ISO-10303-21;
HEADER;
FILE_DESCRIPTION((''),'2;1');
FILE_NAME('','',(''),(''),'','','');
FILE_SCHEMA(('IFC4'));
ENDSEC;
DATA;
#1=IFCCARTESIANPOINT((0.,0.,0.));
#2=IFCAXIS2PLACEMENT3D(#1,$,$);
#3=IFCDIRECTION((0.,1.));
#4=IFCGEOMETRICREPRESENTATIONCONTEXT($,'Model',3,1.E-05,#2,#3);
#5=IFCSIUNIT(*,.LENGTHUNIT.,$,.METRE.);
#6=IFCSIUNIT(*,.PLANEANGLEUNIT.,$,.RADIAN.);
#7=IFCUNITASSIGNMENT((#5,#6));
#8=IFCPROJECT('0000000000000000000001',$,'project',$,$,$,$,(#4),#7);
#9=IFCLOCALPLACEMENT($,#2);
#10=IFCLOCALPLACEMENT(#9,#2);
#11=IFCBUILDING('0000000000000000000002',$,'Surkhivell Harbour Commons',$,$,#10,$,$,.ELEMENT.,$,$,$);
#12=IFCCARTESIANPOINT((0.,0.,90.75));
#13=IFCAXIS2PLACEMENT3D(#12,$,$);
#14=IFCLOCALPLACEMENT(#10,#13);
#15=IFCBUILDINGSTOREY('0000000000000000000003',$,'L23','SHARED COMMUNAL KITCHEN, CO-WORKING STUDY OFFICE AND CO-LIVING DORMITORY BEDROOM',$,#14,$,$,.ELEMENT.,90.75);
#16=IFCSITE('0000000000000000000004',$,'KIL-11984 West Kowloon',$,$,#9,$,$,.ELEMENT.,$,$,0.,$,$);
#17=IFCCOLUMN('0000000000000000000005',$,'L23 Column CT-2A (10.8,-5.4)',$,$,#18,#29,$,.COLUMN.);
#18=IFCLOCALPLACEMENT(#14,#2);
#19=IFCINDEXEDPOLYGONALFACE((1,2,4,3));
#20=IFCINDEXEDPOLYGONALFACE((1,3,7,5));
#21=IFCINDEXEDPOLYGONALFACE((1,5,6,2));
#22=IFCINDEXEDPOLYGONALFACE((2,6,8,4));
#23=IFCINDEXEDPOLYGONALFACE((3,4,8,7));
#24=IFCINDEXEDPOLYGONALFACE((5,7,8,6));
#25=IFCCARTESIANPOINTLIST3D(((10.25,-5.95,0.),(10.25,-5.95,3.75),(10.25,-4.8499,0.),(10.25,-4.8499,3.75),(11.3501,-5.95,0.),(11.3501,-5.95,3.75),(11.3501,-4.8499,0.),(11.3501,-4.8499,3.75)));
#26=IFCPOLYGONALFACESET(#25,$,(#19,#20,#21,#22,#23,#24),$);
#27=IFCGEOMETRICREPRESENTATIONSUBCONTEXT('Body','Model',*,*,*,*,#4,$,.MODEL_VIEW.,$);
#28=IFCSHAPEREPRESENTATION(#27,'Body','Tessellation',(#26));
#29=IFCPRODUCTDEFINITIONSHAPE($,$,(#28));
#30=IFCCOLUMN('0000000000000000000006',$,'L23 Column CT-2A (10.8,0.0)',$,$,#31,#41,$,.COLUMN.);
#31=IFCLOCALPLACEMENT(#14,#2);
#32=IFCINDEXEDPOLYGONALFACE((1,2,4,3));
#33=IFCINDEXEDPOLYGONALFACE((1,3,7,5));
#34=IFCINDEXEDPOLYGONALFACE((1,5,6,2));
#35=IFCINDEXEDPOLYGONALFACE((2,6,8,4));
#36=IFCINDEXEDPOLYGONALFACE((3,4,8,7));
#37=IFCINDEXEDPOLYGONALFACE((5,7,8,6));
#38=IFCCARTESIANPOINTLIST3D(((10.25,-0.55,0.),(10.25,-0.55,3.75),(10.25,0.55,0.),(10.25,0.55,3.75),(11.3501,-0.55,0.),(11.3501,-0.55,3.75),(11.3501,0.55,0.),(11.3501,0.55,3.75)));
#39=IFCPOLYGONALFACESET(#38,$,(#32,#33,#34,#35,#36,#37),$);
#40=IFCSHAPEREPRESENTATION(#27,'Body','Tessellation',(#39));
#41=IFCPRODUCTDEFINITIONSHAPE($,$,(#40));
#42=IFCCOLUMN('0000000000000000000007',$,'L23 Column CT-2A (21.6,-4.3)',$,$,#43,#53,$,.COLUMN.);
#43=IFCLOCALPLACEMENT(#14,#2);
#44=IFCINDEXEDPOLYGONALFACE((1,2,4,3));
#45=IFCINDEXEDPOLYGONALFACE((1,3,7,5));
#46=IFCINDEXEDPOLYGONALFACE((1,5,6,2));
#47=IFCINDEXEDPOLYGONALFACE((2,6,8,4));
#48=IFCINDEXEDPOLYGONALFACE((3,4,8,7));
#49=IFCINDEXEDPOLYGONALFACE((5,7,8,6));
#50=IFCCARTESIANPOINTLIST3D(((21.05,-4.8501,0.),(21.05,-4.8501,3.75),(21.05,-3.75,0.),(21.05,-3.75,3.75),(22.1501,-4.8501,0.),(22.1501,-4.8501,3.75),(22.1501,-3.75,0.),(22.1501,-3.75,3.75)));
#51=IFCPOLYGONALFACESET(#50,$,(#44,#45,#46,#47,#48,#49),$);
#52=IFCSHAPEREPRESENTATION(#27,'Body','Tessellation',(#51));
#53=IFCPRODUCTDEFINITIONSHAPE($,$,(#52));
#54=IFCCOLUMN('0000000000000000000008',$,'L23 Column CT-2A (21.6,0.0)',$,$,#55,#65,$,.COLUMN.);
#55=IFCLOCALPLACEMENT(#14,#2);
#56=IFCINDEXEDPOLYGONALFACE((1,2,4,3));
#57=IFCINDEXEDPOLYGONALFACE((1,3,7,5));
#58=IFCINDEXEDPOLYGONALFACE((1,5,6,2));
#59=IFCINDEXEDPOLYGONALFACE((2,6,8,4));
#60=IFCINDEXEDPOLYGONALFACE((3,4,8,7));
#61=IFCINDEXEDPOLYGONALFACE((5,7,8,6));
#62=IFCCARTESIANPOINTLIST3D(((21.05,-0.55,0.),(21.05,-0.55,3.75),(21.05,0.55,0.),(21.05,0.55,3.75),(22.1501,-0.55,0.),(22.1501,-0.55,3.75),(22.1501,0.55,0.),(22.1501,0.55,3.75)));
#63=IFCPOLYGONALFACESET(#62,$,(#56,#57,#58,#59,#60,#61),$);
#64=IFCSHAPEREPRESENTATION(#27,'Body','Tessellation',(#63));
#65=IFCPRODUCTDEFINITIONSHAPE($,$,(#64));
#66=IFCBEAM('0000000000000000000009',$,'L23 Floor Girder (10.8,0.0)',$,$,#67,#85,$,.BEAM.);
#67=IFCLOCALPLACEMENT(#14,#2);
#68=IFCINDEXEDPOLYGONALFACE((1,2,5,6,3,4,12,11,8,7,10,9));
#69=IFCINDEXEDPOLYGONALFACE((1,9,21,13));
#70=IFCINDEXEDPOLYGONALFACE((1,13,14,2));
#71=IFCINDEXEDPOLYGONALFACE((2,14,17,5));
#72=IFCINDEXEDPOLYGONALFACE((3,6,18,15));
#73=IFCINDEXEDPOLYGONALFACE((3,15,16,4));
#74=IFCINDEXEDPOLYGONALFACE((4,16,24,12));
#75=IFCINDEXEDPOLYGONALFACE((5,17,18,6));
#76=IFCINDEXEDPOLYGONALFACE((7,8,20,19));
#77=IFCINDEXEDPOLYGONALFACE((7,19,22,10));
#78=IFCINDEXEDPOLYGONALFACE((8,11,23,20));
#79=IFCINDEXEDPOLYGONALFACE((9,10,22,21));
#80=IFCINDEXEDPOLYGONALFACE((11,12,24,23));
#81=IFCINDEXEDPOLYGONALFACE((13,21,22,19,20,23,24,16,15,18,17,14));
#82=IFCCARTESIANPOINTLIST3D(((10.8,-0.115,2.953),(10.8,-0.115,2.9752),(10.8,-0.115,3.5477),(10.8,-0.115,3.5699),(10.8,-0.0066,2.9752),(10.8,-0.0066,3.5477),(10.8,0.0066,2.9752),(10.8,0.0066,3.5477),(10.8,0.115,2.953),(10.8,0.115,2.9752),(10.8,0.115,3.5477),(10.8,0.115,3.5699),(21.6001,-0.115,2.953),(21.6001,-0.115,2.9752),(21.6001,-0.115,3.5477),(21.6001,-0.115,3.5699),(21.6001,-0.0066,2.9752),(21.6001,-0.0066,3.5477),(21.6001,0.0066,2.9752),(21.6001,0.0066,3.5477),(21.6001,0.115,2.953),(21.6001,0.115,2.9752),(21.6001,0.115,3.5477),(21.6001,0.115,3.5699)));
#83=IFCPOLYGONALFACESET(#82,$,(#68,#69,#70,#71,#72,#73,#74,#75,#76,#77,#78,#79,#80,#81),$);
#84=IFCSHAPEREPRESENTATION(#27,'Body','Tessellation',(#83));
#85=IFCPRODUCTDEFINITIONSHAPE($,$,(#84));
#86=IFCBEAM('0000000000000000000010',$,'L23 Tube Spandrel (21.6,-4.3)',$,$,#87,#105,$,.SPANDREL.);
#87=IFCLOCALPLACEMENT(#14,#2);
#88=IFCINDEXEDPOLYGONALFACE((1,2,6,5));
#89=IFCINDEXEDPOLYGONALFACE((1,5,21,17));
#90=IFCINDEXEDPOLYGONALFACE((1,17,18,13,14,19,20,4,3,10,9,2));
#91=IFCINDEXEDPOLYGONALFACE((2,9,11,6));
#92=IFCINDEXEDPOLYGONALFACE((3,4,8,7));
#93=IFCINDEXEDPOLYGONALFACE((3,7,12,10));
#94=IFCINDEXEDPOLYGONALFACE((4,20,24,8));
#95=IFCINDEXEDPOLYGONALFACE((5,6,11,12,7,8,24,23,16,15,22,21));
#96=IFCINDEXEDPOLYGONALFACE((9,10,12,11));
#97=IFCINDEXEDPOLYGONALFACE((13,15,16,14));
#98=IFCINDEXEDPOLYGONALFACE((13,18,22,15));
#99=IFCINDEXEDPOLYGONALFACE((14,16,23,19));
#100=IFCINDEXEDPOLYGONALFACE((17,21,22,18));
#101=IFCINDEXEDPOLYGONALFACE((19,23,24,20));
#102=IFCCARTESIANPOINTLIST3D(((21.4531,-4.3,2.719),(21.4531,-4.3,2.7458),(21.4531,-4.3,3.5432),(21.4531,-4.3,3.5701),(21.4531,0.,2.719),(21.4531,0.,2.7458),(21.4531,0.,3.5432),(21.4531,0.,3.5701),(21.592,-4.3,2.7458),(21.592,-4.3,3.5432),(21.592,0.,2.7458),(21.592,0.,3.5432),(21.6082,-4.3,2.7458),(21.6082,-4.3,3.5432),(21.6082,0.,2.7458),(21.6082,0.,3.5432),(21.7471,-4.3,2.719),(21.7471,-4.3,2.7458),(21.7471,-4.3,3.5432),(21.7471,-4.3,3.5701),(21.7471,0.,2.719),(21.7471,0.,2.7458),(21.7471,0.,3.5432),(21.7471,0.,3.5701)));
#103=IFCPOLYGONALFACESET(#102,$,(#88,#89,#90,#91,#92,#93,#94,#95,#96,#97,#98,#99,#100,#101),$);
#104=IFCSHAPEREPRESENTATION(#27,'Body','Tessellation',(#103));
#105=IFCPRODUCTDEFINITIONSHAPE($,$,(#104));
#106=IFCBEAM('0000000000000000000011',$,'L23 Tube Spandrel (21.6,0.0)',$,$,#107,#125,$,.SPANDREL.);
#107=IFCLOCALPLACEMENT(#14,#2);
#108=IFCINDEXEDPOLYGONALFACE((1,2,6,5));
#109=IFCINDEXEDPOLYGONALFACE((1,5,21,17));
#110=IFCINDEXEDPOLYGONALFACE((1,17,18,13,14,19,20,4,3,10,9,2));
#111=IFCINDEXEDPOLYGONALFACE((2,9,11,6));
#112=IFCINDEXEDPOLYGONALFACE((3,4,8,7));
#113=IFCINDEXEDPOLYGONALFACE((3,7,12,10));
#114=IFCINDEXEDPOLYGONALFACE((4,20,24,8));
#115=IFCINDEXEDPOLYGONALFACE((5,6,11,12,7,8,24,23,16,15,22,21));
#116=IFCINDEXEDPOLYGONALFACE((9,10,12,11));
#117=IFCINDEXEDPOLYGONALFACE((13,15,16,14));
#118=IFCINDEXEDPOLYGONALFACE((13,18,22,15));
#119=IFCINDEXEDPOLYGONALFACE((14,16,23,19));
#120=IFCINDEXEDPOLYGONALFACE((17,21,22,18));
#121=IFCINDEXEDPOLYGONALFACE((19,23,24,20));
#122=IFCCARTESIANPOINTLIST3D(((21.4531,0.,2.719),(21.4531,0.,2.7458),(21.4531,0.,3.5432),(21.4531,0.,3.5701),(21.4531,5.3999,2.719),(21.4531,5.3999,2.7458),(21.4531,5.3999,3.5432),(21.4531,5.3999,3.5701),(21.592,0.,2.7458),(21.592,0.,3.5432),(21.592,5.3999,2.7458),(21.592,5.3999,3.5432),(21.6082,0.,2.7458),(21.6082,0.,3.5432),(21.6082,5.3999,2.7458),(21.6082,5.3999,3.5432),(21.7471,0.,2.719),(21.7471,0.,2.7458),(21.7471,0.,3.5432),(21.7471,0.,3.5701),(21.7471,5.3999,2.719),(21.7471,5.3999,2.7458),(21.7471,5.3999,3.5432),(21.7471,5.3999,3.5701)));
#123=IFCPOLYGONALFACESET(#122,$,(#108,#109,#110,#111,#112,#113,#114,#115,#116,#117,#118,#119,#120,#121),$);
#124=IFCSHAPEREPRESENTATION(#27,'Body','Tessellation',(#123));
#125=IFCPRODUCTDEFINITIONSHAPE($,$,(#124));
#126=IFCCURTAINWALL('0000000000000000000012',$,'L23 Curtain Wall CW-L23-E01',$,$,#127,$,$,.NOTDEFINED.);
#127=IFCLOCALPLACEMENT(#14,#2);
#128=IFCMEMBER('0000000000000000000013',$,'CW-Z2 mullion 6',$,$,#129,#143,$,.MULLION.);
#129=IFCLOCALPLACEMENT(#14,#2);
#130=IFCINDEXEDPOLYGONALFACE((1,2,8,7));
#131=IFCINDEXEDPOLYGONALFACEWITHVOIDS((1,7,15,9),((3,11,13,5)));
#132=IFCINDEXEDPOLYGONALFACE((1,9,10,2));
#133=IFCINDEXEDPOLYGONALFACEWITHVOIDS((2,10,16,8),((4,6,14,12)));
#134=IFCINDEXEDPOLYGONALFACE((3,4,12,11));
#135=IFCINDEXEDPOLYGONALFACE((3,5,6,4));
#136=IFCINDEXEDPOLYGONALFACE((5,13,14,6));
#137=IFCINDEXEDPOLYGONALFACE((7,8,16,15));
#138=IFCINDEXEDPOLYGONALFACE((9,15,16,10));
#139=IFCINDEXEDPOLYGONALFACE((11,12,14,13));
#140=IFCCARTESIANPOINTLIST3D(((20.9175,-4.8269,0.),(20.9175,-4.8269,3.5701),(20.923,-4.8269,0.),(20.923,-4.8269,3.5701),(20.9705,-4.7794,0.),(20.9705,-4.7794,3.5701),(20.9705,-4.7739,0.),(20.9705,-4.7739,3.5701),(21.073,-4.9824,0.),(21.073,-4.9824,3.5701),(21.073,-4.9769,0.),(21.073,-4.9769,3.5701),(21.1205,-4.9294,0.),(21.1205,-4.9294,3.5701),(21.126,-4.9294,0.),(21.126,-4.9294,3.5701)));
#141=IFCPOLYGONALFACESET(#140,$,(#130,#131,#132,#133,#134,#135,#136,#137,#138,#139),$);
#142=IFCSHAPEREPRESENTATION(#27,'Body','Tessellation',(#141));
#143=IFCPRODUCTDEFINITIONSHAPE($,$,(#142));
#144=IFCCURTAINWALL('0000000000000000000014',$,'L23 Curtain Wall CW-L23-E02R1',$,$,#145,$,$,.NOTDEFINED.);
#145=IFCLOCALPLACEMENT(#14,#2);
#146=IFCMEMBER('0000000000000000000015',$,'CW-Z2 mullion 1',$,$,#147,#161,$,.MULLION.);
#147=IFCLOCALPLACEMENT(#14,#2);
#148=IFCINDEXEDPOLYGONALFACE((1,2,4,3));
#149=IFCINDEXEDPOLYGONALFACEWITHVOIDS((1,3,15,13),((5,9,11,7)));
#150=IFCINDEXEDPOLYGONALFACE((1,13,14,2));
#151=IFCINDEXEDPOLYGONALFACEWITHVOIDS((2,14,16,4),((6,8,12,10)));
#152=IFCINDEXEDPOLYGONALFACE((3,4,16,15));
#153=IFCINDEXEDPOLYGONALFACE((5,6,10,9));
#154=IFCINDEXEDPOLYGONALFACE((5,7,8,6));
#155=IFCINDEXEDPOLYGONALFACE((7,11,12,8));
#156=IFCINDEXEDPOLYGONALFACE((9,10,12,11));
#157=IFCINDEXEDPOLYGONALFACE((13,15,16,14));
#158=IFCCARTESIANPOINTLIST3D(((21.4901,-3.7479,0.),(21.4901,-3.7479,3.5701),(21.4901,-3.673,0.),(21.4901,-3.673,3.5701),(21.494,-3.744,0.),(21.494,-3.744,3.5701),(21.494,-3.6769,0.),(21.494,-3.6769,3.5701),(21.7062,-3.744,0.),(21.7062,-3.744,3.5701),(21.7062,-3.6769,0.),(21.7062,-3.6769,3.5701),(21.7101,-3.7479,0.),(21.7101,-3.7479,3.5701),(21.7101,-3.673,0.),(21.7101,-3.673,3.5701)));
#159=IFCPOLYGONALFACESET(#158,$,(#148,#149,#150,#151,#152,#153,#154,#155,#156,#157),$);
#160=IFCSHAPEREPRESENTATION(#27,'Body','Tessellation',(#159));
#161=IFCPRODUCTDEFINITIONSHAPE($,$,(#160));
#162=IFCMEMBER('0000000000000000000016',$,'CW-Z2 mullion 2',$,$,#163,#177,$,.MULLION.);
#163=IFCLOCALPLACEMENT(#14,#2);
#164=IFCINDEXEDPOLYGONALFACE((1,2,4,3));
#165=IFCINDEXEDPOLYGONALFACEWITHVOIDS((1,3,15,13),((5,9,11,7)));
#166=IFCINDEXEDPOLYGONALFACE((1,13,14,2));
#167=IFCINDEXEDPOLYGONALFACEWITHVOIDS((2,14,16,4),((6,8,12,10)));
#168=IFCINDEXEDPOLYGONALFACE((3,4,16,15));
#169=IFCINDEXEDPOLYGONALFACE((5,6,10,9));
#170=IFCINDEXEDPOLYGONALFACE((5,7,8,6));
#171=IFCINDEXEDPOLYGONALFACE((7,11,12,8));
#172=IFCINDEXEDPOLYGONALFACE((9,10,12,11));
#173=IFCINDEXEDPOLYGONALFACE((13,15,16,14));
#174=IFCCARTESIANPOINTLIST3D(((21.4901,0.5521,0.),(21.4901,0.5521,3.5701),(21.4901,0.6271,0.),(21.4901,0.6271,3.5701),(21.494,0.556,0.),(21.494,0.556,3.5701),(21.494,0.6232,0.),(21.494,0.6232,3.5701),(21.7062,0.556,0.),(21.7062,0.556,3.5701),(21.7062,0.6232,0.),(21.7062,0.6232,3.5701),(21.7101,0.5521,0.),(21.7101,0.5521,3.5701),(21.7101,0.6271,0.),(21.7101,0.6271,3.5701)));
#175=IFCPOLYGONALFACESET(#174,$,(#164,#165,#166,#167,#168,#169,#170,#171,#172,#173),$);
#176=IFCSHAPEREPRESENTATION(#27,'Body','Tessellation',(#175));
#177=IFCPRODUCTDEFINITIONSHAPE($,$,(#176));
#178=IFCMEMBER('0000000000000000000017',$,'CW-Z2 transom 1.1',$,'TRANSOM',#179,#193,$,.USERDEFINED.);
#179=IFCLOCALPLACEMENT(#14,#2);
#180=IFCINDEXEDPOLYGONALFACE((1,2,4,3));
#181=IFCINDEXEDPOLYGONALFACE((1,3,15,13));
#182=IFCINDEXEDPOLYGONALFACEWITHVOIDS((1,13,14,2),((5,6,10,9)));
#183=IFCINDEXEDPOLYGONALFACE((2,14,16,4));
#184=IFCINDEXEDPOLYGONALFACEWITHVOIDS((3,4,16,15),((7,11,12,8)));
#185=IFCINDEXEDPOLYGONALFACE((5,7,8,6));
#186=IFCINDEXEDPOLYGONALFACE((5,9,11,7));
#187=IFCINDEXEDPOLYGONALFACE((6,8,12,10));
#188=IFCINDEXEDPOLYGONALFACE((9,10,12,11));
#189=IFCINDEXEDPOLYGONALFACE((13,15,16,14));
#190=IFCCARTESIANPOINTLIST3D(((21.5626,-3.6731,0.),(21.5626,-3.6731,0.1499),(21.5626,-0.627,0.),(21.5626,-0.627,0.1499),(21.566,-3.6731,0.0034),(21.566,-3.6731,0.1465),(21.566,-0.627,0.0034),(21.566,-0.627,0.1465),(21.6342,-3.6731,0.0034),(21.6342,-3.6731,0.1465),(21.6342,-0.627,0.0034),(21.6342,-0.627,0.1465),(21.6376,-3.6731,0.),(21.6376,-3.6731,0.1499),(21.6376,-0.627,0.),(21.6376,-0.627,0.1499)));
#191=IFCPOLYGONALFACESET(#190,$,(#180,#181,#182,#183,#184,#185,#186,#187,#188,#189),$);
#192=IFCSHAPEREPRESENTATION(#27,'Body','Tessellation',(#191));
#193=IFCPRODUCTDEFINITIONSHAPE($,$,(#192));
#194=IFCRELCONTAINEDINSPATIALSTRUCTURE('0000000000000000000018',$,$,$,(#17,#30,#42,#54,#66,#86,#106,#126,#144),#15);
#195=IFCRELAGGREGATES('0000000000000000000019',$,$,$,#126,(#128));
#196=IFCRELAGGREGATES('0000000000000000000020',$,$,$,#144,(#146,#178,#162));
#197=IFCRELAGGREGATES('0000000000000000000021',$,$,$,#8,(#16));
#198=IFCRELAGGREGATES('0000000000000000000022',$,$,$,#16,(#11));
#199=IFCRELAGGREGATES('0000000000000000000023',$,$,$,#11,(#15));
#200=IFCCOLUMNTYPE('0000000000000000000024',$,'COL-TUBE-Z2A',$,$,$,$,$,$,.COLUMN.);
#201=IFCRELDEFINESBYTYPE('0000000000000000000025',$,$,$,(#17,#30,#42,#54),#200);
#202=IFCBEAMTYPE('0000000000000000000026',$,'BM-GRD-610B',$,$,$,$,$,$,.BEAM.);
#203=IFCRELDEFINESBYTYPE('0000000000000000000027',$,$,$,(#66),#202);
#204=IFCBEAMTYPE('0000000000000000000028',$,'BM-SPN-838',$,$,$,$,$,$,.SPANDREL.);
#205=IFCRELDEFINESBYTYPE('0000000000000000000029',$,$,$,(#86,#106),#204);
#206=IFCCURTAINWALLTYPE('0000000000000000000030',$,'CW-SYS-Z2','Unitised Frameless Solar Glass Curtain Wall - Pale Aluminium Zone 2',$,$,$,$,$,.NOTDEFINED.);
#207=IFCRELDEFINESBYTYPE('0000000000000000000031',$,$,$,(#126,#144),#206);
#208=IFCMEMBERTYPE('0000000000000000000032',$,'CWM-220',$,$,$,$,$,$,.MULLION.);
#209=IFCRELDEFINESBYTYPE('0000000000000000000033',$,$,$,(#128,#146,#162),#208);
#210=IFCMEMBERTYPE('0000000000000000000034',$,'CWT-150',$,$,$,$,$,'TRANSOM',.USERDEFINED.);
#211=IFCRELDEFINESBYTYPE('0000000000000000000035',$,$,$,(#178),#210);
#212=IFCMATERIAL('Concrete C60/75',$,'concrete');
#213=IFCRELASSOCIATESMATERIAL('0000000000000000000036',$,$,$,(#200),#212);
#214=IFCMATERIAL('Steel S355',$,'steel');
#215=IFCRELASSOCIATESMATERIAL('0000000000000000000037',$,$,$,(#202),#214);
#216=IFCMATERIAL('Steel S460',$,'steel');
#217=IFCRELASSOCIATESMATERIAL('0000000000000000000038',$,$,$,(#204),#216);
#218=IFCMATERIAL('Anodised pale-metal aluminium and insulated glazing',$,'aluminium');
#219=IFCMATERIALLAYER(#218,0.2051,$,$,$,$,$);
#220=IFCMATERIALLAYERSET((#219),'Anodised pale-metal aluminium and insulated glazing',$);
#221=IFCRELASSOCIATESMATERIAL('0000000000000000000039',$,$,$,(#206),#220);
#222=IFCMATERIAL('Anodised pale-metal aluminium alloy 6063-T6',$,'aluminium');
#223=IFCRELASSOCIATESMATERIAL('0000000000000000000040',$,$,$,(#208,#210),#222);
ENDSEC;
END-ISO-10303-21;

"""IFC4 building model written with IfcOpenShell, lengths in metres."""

from ifc_helpers import new_model, si_unit, direction, frame, origin, origin_2d, place, context, subcontext, project, spatial, rectangle, hollow_rectangle, i_section, extrude, material, layer, layer_set, material_profile, profile_set, type_object, element, aggregate, save


model = new_model("IFC4")

# Units and contexts
model_context = context("Model", 3, precision=1e-05, world=origin(), true_north=direction((0.0, 1.0)))
body_context = subcontext(model_context, "Body", "Model", "MODEL_VIEW")
ifc_project = project(units=[si_unit("LENGTHUNIT", "METRE"), si_unit("PLANEANGLEUNIT", "RADIAN")], contexts=[model_context])

# Site, building, storey
site_placement = place(None, origin())
site = spatial("IfcSite", under=ifc_project, at=site_placement, Name="KIL-11984 West Kowloon", CompositionType="ELEMENT", RefElevation=0.0)
building_placement = place(site_placement, origin())
building = spatial("IfcBuilding", under=site, at=building_placement, Name="Surkhivell Harbour Commons", CompositionType="ELEMENT")
storey_placement = place(building_placement, frame((0.0, 0.0, 90.75)))
storey = spatial("IfcBuildingStorey", under=building, at=storey_placement, Name="L23", Description="SHARED COMMUNAL KITCHEN, CO-WORKING STUDY OFFICE AND CO-LIVING DORMITORY BEDROOM", CompositionType="ELEMENT", Elevation=90.75)

# Columns
ifc_material_1 = material(Name="Concrete C60/75", Category="concrete")
ifc_material_profile_1 = material_profile(ifc_material_1, rectangle(XDim=1.1001, YDim=1.1001, at=origin_2d()), Name="RC-COL-1100x1100")
ifc_profile_set_1 = profile_set([ifc_material_profile_1], Name="Concrete C60/75")
column_type = type_object("IfcColumnType", Name="COL-TUBE-Z2A", PredefinedType="COLUMN", material=ifc_profile_set_1)
for number, where, z_axis, x_axis, name in (
    (1, (10.8, -5.3999, 0.0), (0.0, 0.0, 1.0), (1.0, 0.0, 0.0), "L23 Column CT-2A (10.8,-5.4)"),
    (2, (10.8, 0.0, 0.0), (0.0, 0.0, 1.0), (1.0, 0.0, 0.0), "L23 Column CT-2A (10.8,0.0)"),
    (3, (21.6001, -4.3, 0.0), (0.0, 0.0, 1.0), (1.0, 0.0, 0.0), "L23 Column CT-2A (21.6,-4.3)"),
    (4, (21.6001, 0.0, 0.0), (0.0, 0.0, 1.0), (1.0, 0.0, 0.0), "L23 Column CT-2A (21.6,0.0)"),
):
    element("IfcColumn", number, at=place(storey_placement, frame(where, z_axis=z_axis, x_axis=x_axis)), inside=storey, type_object=column_type, Name=name, PredefinedType="COLUMN", context=body_context, shape_type="SweptSolid", body=[
        extrude(rectangle(XDim=1.1001, YDim=1.1001, at=origin_2d()), origin(), (0.0, 0.0, 1.0), 3.75),
    ])

# Beams
ifc_material_2 = material(Name="Steel S355", Category="steel")
ifc_material_profile_2 = material_profile(ifc_material_2, i_section(OverallWidth=0.23, OverallDepth=0.6169, WebThickness=0.0132, FlangeThickness=0.0222, at=origin_2d()), Name="UB610x229x140")
ifc_profile_set_2 = profile_set([ifc_material_profile_2], Name="Steel S355")
beam_type_1 = type_object("IfcBeamType", Name="BM-GRD-610B", PredefinedType="BEAM", material=ifc_profile_set_2)
beam_1_placement = place(storey_placement, frame((10.8, 0.0, 3.2615), z_axis=(1.0, 0.0, 0.0), x_axis=(0.0, 1.0, 0.0)))
element("IfcBeam", 5, at=beam_1_placement, inside=storey, type_object=beam_type_1, Name="L23 Floor Girder (10.8,0.0)", PredefinedType="BEAM", context=body_context, shape_type="SweptSolid", body=[
    extrude(i_section(OverallWidth=0.23, OverallDepth=0.6169, WebThickness=0.0132, FlangeThickness=0.0222, at=origin_2d()), origin(), (0.0, 0.0, 1.0), 10.8),
])
ifc_material_3 = material(Name="Steel S460", Category="steel")
ifc_material_profile_3 = material_profile(ifc_material_3, i_section(OverallWidth=0.2939, OverallDepth=0.8511, WebThickness=0.0161, FlangeThickness=0.0269, at=origin_2d()), Name="UB838x292x226")
ifc_profile_set_3 = profile_set([ifc_material_profile_3], Name="Steel S460")
beam_type_2 = type_object("IfcBeamType", Name="BM-SPN-838", PredefinedType="SPANDREL", material=ifc_profile_set_3)
beam_2_placement = place(storey_placement, frame((21.6001, -4.3, 3.1445), z_axis=(0.0, 1.0, 0.0), x_axis=(-1.0, 0.0, 0.0)))
element("IfcBeam", 6, at=beam_2_placement, inside=storey, type_object=beam_type_2, Name="L23 Tube Spandrel (21.6,-4.3)", PredefinedType="SPANDREL", context=body_context, shape_type="SweptSolid", body=[
    extrude(i_section(OverallWidth=0.2939, OverallDepth=0.8511, WebThickness=0.0161, FlangeThickness=0.0269, at=origin_2d()), origin(), (0.0, 0.0, 1.0), 4.3),
])
beam_3_placement = place(storey_placement, frame((21.6001, 0.0, 3.1445), z_axis=(0.0, 1.0, 0.0), x_axis=(-1.0, 0.0, 0.0)))
element("IfcBeam", 7, at=beam_3_placement, inside=storey, type_object=beam_type_2, Name="L23 Tube Spandrel (21.6,0.0)", PredefinedType="SPANDREL", context=body_context, shape_type="SweptSolid", body=[
    extrude(i_section(OverallWidth=0.2939, OverallDepth=0.8511, WebThickness=0.0161, FlangeThickness=0.0269, at=origin_2d()), origin(), (0.0, 0.0, 1.0), 5.3999),
])

# Curtain wall, member
ifc_material_4 = material(Name="Anodised pale-metal aluminium and insulated glazing", Category="aluminium")
ifc_layer_1 = layer(ifc_material_4, 0.2051)
ifc_layer_set_1 = layer_set([ifc_layer_1], Name="Anodised pale-metal aluminium and insulated glazing")
curtain_wall_type = type_object("IfcCurtainWallType", Name="CW-SYS-Z2", Description="Unitised Frameless Solar Glass Curtain Wall - Pale Aluminium Zone 2", PredefinedType="NOTDEFINED", material=ifc_layer_set_1)
curtain_wall_1_placement = place(storey_placement, origin())
curtain_wall_1 = element("IfcCurtainWall", 8, at=curtain_wall_1_placement, inside=storey, type_object=curtain_wall_type, Name="L23 Curtain Wall CW-L23-E01", PredefinedType="NOTDEFINED")
ifc_material_5 = material(Name="Anodised pale-metal aluminium alloy 6063-T6", Category="aluminium")
ifc_material_profile_4 = material_profile(ifc_material_5, hollow_rectangle(XDim=0.075, YDim=0.22, WallThickness=0.0039, at=origin_2d()), Name="ALU-MULL-75x220")
ifc_profile_set_4 = profile_set([ifc_material_profile_4], Name="Anodised pale-metal aluminium alloy 6063-T6")
member_type_1 = type_object("IfcMemberType", Name="CWM-220", PredefinedType="MULLION", material=ifc_profile_set_4)
member_1_placement = place(storey_placement, frame((21.0217, -4.8782, 0.0), z_axis=(0.0, 0.0, 1.0), x_axis=(0.707107, 0.707107, 0.0)))
member_1 = element("IfcMember", 9, at=member_1_placement, type_object=member_type_1, Name="CW-Z2 mullion 6", PredefinedType="MULLION", context=body_context, shape_type="SweptSolid", body=[
    extrude(hollow_rectangle(XDim=0.075, YDim=0.22, WallThickness=0.0039, at=origin_2d()), origin(), (0.0, 0.0, 1.0), 3.5701),
])
aggregate(curtain_wall_1, [member_1])

# Curtain wall, members
curtain_wall_2_placement = place(storey_placement, origin())
curtain_wall_2 = element("IfcCurtainWall", 10, at=curtain_wall_2_placement, inside=storey, type_object=curtain_wall_type, Name="L23 Curtain Wall CW-L23-E02R1", PredefinedType="NOTDEFINED")
member_2_placement = place(storey_placement, frame((21.6001, -3.7104, 0.0), z_axis=(0.0, 0.0, 1.0), x_axis=(0.0, 1.0, 0.0)))
member_2 = element("IfcMember", 11, at=member_2_placement, type_object=member_type_1, Name="CW-Z2 mullion 1", PredefinedType="MULLION", context=body_context, shape_type="SweptSolid", body=[
    extrude(hollow_rectangle(XDim=0.075, YDim=0.22, WallThickness=0.0039, at=origin_2d()), origin(), (0.0, 0.0, 1.0), 3.5701),
])
member_3_placement = place(storey_placement, frame((21.6001, 0.5896, 0.0), z_axis=(0.0, 0.0, 1.0), x_axis=(0.0, 1.0, 0.0)))
member_3 = element("IfcMember", 12, at=member_3_placement, type_object=member_type_1, Name="CW-Z2 mullion 2", PredefinedType="MULLION", context=body_context, shape_type="SweptSolid", body=[
    extrude(hollow_rectangle(XDim=0.075, YDim=0.22, WallThickness=0.0039, at=origin_2d()), origin(), (0.0, 0.0, 1.0), 3.5701),
])
ifc_material_profile_5 = material_profile(ifc_material_5, hollow_rectangle(XDim=0.075, YDim=0.1499, WallThickness=0.0034, at=origin_2d()), Name="ALU-TRAN-75x150")
ifc_profile_set_5 = profile_set([ifc_material_profile_5], Name="Anodised pale-metal aluminium alloy 6063-T6")
member_type_2 = type_object("IfcMemberType", Name="CWT-150", ElementType="TRANSOM", PredefinedType="USERDEFINED", material=ifc_profile_set_5)
member_4_placement = place(storey_placement, frame((21.6001, -3.6731, 0.075), z_axis=(0.0, 1.0, 0.0), x_axis=(-1.0, 0.0, 0.0)))
member_4 = element("IfcMember", 13, at=member_4_placement, type_object=member_type_2, Name="CW-Z2 transom 1.1", ObjectType="TRANSOM", PredefinedType="USERDEFINED", context=body_context, shape_type="SweptSolid", body=[
    extrude(hollow_rectangle(XDim=0.075, YDim=0.1499, WallThickness=0.0034, at=origin_2d()), origin(), (0.0, 0.0, 1.0), 3.0461),
])
aggregate(curtain_wall_2, [member_2, member_4, member_3])

save(model, "model.ifc")
